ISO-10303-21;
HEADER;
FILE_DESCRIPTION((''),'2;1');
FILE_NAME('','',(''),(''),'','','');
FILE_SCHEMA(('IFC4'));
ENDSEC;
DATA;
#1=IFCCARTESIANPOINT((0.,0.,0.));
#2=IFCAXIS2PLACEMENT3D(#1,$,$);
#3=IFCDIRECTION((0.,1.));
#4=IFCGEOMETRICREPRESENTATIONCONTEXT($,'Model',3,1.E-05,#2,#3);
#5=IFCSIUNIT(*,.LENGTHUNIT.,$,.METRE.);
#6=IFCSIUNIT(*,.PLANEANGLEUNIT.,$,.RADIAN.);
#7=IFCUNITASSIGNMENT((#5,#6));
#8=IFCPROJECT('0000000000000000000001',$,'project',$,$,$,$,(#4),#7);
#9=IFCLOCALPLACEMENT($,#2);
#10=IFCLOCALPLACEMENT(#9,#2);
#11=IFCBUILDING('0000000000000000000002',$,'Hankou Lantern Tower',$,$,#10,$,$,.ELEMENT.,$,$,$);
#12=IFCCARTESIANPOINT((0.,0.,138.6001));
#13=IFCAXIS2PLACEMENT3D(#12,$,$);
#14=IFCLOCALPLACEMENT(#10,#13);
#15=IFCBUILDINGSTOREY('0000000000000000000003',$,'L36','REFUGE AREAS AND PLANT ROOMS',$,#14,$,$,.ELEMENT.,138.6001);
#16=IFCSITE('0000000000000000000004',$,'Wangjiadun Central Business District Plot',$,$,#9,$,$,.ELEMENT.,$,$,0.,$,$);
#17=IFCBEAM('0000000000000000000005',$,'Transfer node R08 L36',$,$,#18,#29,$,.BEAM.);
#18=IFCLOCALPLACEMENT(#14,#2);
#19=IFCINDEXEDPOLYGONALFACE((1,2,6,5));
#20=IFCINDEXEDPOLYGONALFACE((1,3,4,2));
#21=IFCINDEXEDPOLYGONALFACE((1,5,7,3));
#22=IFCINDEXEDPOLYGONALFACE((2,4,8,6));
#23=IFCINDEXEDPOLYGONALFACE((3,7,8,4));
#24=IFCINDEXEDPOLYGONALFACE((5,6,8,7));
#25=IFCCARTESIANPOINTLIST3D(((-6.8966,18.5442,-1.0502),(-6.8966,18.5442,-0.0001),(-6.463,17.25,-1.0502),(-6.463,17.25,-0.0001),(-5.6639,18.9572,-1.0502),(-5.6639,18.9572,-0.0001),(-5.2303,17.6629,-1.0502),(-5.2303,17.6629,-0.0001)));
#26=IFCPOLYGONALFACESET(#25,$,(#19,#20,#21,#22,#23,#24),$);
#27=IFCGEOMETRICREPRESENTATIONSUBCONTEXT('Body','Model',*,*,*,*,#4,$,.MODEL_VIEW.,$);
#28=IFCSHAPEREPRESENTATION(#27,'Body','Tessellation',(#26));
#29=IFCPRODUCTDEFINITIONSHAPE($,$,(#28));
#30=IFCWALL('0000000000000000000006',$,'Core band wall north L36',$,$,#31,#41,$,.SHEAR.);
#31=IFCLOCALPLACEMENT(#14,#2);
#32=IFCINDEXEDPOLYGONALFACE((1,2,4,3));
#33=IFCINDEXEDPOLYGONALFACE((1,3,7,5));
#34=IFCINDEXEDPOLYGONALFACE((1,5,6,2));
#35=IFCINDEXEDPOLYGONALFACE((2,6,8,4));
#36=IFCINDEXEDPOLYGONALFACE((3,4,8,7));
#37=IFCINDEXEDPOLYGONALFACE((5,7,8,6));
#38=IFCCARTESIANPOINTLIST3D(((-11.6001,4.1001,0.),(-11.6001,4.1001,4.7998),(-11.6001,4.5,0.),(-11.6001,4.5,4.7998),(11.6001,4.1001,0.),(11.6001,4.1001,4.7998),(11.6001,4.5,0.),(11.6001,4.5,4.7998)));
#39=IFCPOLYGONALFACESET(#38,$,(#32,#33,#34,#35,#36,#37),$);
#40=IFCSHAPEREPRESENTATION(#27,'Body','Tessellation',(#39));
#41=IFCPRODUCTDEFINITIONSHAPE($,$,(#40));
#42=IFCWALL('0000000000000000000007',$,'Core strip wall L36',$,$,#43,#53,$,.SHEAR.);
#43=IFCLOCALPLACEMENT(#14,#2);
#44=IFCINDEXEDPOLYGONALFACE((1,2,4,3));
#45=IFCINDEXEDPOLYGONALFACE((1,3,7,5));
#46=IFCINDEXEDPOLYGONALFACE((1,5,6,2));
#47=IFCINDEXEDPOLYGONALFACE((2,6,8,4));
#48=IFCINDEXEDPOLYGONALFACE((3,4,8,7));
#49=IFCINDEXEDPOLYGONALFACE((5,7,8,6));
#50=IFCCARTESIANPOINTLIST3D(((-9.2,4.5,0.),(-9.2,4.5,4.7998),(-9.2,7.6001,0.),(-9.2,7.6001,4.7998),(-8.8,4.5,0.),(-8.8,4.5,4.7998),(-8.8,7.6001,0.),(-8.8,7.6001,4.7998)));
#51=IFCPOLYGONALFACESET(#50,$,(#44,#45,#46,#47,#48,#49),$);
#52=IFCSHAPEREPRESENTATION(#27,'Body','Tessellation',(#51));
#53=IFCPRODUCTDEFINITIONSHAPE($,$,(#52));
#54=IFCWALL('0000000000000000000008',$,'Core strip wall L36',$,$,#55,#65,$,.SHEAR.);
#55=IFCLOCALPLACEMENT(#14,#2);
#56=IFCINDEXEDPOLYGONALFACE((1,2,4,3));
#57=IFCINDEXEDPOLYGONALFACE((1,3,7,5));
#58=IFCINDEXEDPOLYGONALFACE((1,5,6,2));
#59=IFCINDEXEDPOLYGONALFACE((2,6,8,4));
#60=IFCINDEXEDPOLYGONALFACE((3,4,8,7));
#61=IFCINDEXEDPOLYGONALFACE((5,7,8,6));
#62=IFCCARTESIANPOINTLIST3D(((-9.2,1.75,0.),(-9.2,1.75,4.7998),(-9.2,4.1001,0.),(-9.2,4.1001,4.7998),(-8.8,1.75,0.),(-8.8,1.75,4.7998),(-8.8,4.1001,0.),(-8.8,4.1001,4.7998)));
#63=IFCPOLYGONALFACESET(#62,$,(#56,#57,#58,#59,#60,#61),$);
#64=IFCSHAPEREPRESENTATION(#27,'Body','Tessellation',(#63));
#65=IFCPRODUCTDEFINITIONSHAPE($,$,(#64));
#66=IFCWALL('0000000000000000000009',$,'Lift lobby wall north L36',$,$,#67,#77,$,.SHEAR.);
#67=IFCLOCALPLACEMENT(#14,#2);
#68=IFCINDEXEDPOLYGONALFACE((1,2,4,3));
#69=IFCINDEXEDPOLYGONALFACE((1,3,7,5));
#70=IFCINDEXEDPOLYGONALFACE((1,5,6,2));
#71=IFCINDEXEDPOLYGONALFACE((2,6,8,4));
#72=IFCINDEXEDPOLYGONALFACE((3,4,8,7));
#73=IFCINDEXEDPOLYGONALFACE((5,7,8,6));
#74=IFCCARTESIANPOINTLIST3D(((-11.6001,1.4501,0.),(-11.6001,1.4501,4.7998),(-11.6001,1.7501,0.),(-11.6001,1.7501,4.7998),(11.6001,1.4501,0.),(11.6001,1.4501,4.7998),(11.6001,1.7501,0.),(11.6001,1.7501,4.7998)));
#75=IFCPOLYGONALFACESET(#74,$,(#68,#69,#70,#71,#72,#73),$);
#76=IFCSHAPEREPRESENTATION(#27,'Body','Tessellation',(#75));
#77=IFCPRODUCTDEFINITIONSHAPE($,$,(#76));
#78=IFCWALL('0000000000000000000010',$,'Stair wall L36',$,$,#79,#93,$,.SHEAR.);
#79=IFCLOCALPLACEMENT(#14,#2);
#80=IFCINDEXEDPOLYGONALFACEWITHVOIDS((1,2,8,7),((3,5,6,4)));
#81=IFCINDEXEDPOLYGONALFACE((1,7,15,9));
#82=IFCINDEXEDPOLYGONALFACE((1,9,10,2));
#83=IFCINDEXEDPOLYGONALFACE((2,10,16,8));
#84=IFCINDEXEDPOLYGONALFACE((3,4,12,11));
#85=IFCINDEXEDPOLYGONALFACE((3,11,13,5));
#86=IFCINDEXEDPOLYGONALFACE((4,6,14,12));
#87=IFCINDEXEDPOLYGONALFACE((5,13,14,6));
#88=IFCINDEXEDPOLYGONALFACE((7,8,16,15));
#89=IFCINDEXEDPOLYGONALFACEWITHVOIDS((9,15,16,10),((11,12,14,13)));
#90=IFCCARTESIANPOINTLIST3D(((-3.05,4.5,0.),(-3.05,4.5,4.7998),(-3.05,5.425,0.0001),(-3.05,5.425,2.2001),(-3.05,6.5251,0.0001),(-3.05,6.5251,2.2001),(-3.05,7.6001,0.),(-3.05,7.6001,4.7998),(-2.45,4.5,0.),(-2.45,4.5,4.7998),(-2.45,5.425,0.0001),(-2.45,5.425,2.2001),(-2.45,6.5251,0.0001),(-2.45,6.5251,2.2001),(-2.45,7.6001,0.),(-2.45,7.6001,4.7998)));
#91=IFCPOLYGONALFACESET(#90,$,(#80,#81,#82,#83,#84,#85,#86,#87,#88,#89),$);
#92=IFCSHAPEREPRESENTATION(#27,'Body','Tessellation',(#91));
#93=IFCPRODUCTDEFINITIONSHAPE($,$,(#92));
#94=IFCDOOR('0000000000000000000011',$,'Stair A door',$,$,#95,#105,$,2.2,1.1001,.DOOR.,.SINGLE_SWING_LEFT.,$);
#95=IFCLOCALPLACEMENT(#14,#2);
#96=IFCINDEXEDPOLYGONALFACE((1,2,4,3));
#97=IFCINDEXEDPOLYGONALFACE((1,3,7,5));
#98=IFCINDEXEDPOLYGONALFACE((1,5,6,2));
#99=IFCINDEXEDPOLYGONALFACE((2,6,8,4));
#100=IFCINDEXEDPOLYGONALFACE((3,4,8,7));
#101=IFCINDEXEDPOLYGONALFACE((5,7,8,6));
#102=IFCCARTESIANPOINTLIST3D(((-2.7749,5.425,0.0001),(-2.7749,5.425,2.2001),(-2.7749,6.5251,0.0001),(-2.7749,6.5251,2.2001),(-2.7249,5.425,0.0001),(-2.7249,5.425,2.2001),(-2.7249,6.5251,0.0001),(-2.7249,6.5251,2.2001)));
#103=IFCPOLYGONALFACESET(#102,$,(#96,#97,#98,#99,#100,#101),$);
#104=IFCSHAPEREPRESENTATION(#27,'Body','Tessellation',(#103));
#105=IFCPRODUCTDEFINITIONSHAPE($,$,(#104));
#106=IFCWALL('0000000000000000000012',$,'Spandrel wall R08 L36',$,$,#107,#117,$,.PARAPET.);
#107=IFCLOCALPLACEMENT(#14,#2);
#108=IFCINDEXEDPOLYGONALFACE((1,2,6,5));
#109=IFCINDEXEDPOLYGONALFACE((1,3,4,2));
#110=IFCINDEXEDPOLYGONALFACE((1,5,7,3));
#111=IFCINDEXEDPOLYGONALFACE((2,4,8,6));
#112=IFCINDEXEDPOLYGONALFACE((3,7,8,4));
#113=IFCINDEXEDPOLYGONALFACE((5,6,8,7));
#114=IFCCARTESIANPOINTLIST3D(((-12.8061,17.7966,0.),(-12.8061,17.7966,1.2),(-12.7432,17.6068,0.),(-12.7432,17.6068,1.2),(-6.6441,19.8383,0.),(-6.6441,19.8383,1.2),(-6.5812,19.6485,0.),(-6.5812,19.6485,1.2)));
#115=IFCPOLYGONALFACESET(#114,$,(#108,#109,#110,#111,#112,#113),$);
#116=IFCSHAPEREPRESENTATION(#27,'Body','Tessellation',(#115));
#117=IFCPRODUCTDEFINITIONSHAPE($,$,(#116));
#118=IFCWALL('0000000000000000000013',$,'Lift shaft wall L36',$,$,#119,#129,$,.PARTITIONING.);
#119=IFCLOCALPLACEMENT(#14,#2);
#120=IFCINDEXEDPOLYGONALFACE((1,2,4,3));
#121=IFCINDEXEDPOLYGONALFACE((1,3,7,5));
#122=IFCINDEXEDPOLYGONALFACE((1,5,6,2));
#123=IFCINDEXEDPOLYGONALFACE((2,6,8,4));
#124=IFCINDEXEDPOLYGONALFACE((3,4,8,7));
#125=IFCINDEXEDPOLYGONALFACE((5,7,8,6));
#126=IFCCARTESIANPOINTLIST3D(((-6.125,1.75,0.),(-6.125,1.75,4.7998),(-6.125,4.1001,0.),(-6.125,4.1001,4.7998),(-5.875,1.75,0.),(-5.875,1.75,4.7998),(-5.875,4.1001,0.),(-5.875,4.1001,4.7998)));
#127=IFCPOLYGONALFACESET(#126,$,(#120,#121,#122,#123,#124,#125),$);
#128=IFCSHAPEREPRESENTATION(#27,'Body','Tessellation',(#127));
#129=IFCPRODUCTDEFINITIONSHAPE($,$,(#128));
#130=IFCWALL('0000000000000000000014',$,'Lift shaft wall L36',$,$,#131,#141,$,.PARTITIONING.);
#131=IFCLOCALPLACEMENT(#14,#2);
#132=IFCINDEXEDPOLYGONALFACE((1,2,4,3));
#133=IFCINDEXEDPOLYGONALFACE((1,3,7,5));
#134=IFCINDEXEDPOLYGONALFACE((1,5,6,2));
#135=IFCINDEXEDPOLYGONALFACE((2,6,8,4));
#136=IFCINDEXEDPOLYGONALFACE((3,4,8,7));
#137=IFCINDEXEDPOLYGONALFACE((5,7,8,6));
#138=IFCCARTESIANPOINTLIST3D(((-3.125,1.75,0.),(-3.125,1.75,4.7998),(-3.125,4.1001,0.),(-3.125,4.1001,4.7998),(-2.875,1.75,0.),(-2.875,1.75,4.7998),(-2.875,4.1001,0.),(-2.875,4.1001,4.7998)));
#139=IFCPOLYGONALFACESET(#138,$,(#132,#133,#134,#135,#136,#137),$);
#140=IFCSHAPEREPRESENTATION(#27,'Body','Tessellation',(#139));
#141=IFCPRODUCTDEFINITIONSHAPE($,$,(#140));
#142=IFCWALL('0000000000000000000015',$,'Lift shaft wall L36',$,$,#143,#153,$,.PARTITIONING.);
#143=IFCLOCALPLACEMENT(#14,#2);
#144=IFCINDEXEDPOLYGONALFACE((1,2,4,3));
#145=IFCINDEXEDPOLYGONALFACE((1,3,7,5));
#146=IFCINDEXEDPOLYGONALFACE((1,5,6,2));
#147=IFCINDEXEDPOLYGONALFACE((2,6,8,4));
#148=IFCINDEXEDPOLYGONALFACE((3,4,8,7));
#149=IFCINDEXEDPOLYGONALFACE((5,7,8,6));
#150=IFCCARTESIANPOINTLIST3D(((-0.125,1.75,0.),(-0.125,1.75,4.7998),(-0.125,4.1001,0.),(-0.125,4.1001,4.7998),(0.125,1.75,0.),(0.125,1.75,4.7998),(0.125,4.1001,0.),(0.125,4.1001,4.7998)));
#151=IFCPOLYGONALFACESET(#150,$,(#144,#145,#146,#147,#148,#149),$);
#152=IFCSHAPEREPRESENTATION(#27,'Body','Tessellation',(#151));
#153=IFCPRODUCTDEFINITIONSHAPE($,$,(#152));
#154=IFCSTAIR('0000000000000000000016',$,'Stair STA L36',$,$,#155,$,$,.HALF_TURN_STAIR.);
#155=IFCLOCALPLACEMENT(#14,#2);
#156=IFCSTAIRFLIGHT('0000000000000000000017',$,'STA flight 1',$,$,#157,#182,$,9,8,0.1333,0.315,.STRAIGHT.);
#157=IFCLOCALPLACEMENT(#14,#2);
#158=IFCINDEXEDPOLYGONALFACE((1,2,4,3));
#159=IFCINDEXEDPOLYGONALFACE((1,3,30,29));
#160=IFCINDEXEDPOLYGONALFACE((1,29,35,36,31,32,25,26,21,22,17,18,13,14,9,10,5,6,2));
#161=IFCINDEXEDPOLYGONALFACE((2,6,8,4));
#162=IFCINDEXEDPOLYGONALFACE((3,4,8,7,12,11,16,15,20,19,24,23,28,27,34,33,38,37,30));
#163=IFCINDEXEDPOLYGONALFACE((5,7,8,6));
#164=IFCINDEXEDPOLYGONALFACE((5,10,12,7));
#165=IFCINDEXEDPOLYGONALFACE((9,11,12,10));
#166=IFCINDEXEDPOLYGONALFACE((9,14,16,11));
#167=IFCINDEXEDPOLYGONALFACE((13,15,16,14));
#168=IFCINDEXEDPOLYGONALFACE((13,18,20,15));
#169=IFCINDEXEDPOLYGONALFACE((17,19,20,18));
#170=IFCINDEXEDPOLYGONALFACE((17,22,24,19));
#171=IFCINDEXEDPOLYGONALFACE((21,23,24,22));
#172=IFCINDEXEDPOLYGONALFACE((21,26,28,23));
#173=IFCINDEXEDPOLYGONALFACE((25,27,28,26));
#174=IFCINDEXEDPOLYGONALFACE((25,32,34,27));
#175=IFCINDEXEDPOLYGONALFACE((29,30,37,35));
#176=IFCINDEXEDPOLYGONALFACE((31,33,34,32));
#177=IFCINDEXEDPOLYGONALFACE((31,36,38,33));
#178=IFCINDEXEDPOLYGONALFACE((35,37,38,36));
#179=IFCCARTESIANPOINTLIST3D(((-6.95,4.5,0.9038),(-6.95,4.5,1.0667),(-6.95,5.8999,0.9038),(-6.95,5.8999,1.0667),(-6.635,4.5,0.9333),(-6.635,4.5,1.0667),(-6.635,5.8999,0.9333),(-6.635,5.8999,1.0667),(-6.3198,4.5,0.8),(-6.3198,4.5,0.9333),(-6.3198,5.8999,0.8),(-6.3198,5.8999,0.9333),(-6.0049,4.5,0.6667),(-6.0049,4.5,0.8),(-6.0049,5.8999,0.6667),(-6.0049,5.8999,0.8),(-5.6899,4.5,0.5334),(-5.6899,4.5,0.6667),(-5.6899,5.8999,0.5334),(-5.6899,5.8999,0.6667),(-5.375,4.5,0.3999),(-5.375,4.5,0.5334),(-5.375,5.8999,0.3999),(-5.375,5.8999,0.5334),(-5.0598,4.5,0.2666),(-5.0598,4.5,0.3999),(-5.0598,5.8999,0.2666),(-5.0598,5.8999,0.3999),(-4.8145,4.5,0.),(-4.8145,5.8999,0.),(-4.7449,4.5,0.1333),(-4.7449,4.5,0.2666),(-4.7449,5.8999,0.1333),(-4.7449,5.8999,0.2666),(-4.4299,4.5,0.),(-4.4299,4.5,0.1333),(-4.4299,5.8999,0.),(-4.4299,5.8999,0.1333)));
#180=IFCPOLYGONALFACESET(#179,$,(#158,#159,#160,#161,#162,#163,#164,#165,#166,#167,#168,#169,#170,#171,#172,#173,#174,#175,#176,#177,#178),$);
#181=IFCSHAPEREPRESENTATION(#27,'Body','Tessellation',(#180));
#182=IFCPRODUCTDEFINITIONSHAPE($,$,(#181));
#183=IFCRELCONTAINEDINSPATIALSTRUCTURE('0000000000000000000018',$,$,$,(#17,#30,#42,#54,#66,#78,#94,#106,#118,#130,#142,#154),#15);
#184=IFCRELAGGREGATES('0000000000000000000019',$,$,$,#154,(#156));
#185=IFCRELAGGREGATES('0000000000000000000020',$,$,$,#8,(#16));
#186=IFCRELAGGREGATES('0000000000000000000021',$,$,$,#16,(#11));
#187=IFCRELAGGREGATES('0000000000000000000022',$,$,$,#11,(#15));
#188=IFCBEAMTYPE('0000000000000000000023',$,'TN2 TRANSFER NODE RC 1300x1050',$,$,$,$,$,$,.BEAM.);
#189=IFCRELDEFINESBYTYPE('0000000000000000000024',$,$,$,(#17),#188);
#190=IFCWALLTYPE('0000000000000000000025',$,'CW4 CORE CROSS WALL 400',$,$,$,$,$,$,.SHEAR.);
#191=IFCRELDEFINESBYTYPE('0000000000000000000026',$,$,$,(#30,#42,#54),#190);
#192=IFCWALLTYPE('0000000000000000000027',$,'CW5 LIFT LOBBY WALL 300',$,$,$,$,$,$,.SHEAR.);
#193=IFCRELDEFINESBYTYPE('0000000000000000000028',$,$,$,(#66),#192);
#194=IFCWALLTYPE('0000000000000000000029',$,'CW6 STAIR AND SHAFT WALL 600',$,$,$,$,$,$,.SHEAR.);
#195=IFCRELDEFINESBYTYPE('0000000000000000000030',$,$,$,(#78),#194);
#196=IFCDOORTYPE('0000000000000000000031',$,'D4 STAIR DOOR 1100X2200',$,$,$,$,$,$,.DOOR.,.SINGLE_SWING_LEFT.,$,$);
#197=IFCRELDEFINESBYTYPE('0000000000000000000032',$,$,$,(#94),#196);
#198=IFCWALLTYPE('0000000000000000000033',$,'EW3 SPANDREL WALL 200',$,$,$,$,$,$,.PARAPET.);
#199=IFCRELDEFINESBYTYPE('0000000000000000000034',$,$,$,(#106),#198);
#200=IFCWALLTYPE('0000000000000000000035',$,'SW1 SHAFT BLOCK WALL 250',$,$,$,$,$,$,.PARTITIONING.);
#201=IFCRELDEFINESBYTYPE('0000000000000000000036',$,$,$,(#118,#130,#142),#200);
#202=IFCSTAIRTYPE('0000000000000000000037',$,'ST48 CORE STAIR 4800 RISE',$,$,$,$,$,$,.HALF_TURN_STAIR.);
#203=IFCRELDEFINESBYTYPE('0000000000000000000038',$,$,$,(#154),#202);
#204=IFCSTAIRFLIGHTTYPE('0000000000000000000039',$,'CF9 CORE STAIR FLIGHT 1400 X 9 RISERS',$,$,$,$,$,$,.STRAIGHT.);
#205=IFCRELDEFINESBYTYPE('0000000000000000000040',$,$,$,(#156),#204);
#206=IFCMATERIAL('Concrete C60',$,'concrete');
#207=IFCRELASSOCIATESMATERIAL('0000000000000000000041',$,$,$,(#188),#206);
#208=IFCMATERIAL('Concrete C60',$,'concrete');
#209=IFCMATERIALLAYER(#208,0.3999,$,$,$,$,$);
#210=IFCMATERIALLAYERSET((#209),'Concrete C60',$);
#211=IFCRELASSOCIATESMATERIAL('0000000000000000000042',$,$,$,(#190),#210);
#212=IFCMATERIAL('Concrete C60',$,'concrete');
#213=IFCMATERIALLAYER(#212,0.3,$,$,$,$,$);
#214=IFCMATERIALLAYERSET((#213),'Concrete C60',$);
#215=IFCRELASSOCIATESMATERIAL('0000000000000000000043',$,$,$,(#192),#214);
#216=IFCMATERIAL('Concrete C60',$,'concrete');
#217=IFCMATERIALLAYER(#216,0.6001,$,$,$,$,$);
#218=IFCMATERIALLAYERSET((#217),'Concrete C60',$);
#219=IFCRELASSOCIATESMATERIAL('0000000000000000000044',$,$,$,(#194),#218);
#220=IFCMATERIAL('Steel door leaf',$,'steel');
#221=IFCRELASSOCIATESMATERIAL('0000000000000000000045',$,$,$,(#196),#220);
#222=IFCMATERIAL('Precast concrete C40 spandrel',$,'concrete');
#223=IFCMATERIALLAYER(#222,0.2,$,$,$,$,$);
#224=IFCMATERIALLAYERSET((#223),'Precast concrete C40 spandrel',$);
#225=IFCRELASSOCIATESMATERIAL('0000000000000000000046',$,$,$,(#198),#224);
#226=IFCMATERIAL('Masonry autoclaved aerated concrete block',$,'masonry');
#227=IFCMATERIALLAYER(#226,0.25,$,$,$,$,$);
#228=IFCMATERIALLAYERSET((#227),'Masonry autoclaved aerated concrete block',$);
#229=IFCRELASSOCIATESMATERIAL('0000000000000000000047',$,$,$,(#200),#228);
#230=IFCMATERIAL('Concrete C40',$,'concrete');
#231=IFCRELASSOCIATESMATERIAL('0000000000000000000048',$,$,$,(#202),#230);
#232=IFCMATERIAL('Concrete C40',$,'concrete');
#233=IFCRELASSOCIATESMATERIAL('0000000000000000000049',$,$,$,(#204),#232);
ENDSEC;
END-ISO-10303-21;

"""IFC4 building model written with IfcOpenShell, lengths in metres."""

from ifc_helpers import new_model, si_unit, direction, frame, frame_2d, origin, origin_2d, place, context, subcontext, project, spatial, polyline, rectangle, outline, extrude, material, layer, layer_set, material_profile, profile_set, type_object, element, fill, aggregate, save


model = new_model("IFC4")

# Units and contexts
model_context = context("Model", 3, precision=1e-05, world=origin(), true_north=direction((0.0, 1.0)))
body_context = subcontext(model_context, "Body", "Model", "MODEL_VIEW")
ifc_project = project(units=[si_unit("LENGTHUNIT", "METRE"), si_unit("PLANEANGLEUNIT", "RADIAN")], contexts=[model_context])

# Site, building, storey
site_placement = place(None, origin())
site = spatial("IfcSite", under=ifc_project, at=site_placement, Name="Wangjiadun Central Business District Plot", CompositionType="ELEMENT", RefElevation=0.0)
building_placement = place(site_placement, origin())
building = spatial("IfcBuilding", under=site, at=building_placement, Name="Hankou Lantern Tower", CompositionType="ELEMENT")
storey_placement = place(building_placement, frame((0.0, 0.0, 138.6001)))
storey = spatial("IfcBuildingStorey", under=building, at=storey_placement, Name="L36", Description="REFUGE AREAS AND PLANT ROOMS", CompositionType="ELEMENT", Elevation=138.6001)

# Beam
ifc_material_1 = material(Name="Concrete C60", Category="concrete")
ifc_material_profile_1 = material_profile(ifc_material_1, rectangle(XDim=1.3, YDim=1.05, at=origin_2d()), Name="RC 1300x1050")
ifc_profile_set_1 = profile_set([ifc_material_profile_1], Name="Concrete C60")
beam_type_1 = type_object("IfcBeamType", Name="TN2 TRANSFER NODE RC 1300x1050", PredefinedType="BEAM", material=ifc_profile_set_1)
beam_1_placement = place(storey_placement, frame((-6.2803, 18.7507, -0.5251), z_axis=(0.317676, -0.948199, 0.0), x_axis=(0.948199, 0.317676, 0.0)))
element("IfcBeam", 1, at=beam_1_placement, inside=storey, type_object=beam_type_1, Name="Transfer node R08 L36", PredefinedType="BEAM", context=body_context, shape_type="SweptSolid", body=[
    extrude(rectangle(XDim=1.3, YDim=1.05, at=origin_2d()), origin(), (0.0, 0.0, 1.0), 1.365),
])

# Walls
ifc_material_2 = material(Name="Concrete C60", Category="concrete")
ifc_layer_1 = layer(ifc_material_2, 0.3999)
ifc_layer_set_1 = layer_set([ifc_layer_1], Name="Concrete C60")
wall_type_1 = type_object("IfcWallType", Name="CW4 CORE CROSS WALL 400", PredefinedType="SHEAR", material=ifc_layer_set_1)
wall_1_placement = place(storey_placement, frame((-11.6001, 4.3, 0.0), z_axis=(0.0, 0.0, 1.0), x_axis=(1.0, 0.0, 0.0)))
element("IfcWall", 2, at=wall_1_placement, inside=storey, type_object=wall_type_1, Name="Core band wall north L36", PredefinedType="SHEAR", context=body_context, shape_type="SweptSolid", body=[
    extrude(rectangle(XDim=23.2002, YDim=0.3999, at=frame_2d((11.6001, 0.0))), origin(), (0.0, 0.0, 1.0), 4.7998),
])
wall_2_placement = place(storey_placement, frame((-9.0, 4.5, 0.0), z_axis=(0.0, 0.0, 1.0), x_axis=(0.0, 1.0, 0.0)))
element("IfcWall", 3, at=wall_2_placement, inside=storey, type_object=wall_type_1, Name="Core strip wall L36", PredefinedType="SHEAR", context=body_context, shape_type="SweptSolid", body=[
    extrude(rectangle(XDim=3.1001, YDim=0.3999, at=frame_2d((1.55, 0.0))), origin(), (0.0, 0.0, 1.0), 4.7998),
])
wall_3_placement = place(storey_placement, frame((-9.0, 1.75, 0.0), z_axis=(0.0, 0.0, 1.0), x_axis=(0.0, 1.0, 0.0)))
element("IfcWall", 4, at=wall_3_placement, inside=storey, type_object=wall_type_1, Name="Core strip wall L36", PredefinedType="SHEAR", context=body_context, shape_type="SweptSolid", body=[
    extrude(rectangle(XDim=2.3501, YDim=0.3999, at=frame_2d((1.175, 0.0))), origin(), (0.0, 0.0, 1.0), 4.7998),
])
ifc_material_3 = material(Name="Concrete C60", Category="concrete")
ifc_layer_2 = layer(ifc_material_3, 0.3)
ifc_layer_set_2 = layer_set([ifc_layer_2], Name="Concrete C60")
wall_type_2 = type_object("IfcWallType", Name="CW5 LIFT LOBBY WALL 300", PredefinedType="SHEAR", material=ifc_layer_set_2)
wall_4_placement = place(storey_placement, frame((-11.6001, 1.6001, 0.0), z_axis=(0.0, 0.0, 1.0), x_axis=(1.0, 0.0, 0.0)))
element("IfcWall", 5, at=wall_4_placement, inside=storey, type_object=wall_type_2, Name="Lift lobby wall north L36", PredefinedType="SHEAR", context=body_context, shape_type="SweptSolid", body=[
    extrude(rectangle(XDim=23.2002, YDim=0.3, at=frame_2d((11.6001, 0.0))), origin(), (0.0, 0.0, 1.0), 4.7998),
])

# Wall, opening, door
ifc_material_4 = material(Name="Concrete C60", Category="concrete")
ifc_layer_3 = layer(ifc_material_4, 0.6001)
ifc_layer_set_3 = layer_set([ifc_layer_3], Name="Concrete C60")
wall_type_3 = type_object("IfcWallType", Name="CW6 STAIR AND SHAFT WALL 600", PredefinedType="SHEAR", material=ifc_layer_set_3)
wall_5_placement = place(storey_placement, frame((-2.75, 4.5, 0.0), z_axis=(0.0, 0.0, 1.0), x_axis=(0.0, 1.0, 0.0)))
wall_5 = element("IfcWall", 6, at=wall_5_placement, inside=storey, type_object=wall_type_3, Name="Stair wall L36", PredefinedType="SHEAR", context=body_context, shape_type="SweptSolid", body=[
    extrude(rectangle(XDim=3.1001, YDim=0.6001, at=frame_2d((1.55, 0.0))), origin(), (0.0, 0.0, 1.0), 4.7998),
])
opening_placement = place(wall_5_placement, frame((0.925, 0.0, 0.0)))
opening = element("IfcOpeningElement", 7, at=opening_placement, cuts=wall_5, PredefinedType="OPENING", context=body_context, shape_type="SweptSolid", body=[
    extrude(rectangle(XDim=1.1001, YDim=2.2, at=frame_2d((0.55, 1.1001))), frame((0.0, 0.3101, 0.0), z_axis=(0.0, -1.0, 0.0), x_axis=(1.0, 0.0, 0.0)), (0.0, 0.0, 1.0), 0.6201),
])
ifc_material_5 = material(Name="Steel door leaf", Category="steel")
door_type = type_object("IfcDoorType", Name="D4 STAIR DOOR 1100X2200", OperationType="SINGLE_SWING_LEFT", PredefinedType="DOOR", material=ifc_material_5)
door_placement = place(opening_placement, origin())
door = element("IfcDoor", 8, at=door_placement, inside=storey, type_object=door_type, Name="Stair A door", OperationType="SINGLE_SWING_LEFT", OverallHeight=2.2, OverallWidth=1.1001, PredefinedType="DOOR", context=body_context, shape_type="SweptSolid", body=[
    extrude(rectangle(XDim=1.1001, YDim=2.2, at=frame_2d((0.55, 1.1001))), frame((0.0, 0.0249, 0.0), z_axis=(0.0, -1.0, 0.0), x_axis=(1.0, 0.0, 0.0)), (0.0, 0.0, 1.0), 0.05),
])
fill(opening, door)

# Walls
ifc_material_6 = material(Name="Precast concrete C40 spandrel", Category="concrete")
ifc_layer_4 = layer(ifc_material_6, 0.2)
ifc_layer_set_4 = layer_set([ifc_layer_4], Name="Precast concrete C40 spandrel")
wall_type_4 = type_object("IfcWallType", Name="EW3 SPANDREL WALL 200", PredefinedType="PARAPET", material=ifc_layer_set_4)
wall_6_placement = place(storey_placement, frame((-6.6128, 19.7434, 0.0), z_axis=(0.0, 0.0, 1.0), x_axis=(-0.94925, -0.314524, 0.0)))
element("IfcWall", 9, at=wall_6_placement, inside=storey, type_object=wall_type_4, Name="Spandrel wall R08 L36", PredefinedType="PARAPET", context=body_context, shape_type="SweptSolid", body=[
    extrude(rectangle(XDim=6.4915, YDim=0.2, at=frame_2d((3.2456, 0.0))), origin(), (0.0, 0.0, 1.0), 1.2),
])
ifc_material_7 = material(Name="Masonry autoclaved aerated concrete block", Category="masonry")
ifc_layer_5 = layer(ifc_material_7, 0.25)
ifc_layer_set_5 = layer_set([ifc_layer_5], Name="Masonry autoclaved aerated concrete block")
wall_type_5 = type_object("IfcWallType", Name="SW1 SHAFT BLOCK WALL 250", PredefinedType="PARTITIONING", material=ifc_layer_set_5)
for number, where, z_axis, x_axis, name in (
    (10, (-6.0, 1.75, 0.0), (0.0, 0.0, 1.0), (0.0, 1.0, 0.0), "Lift shaft wall L36"),
    (11, (-3.0, 1.75, 0.0), (0.0, 0.0, 1.0), (0.0, 1.0, 0.0), "Lift shaft wall L36"),
    (12, (0.0, 1.75, 0.0), (0.0, 0.0, 1.0), (0.0, 1.0, 0.0), "Lift shaft wall L36"),
):
    element("IfcWall", number, at=place(storey_placement, frame(where, z_axis=z_axis, x_axis=x_axis)), inside=storey, type_object=wall_type_5, Name=name, PredefinedType="PARTITIONING", context=body_context, shape_type="SweptSolid", body=[
        extrude(rectangle(XDim=2.3501, YDim=0.25, at=frame_2d((1.175, 0.0))), origin(), (0.0, 0.0, 1.0), 4.7998),
    ])

# Stair, stair flight
ifc_material_8 = material(Name="Concrete C40", Category="concrete")
stair_type = type_object("IfcStairType", Name="ST48 CORE STAIR 4800 RISE", PredefinedType="HALF_TURN_STAIR", material=ifc_material_8)
stair_placement = place(storey_placement, origin())
stair = element("IfcStair", 13, at=stair_placement, inside=storey, type_object=stair_type, Name="Stair STA L36", PredefinedType="HALF_TURN_STAIR")
ifc_material_9 = material(Name="Concrete C40", Category="concrete")
stair_flight_type = type_object("IfcStairFlightType", Name="CF9 CORE STAIR FLIGHT 1400 X 9 RISERS", PredefinedType="STRAIGHT", material=ifc_material_9)
stair_flight_1_placement = place(storey_placement, frame((-4.4299, 5.2, 0.0), z_axis=(0.0, 0.0, 1.0), x_axis=(-1.0, 0.0, 0.0)))
stair_flight_1 = element("IfcStairFlight", 14, at=stair_flight_1_placement, type_object=stair_flight_type, Name="STA flight 1", NumberOfRisers=9, NumberOfTreads=8, PredefinedType="STRAIGHT", RiserHeight=0.1333, TreadLength=0.315, context=body_context, shape_type="SweptSolid", body=[
    extrude(outline(polyline([(0.0, 0.0), (0.0, 0.1333), (0.3149, 0.1333), (0.3149, 0.2666), (0.6299, 0.2666), (0.6299, 0.3999), (0.9451, 0.3999), (0.9451, 0.5334), (1.26, 0.5334), (1.26, 0.6667), (1.575, 0.6667), (1.575, 0.8), (1.8899, 0.8), (1.8899, 0.9333), (2.2051, 0.9333), (2.2051, 1.0667), (2.52, 1.0667), (2.52, 1.2), (2.52, 0.9038), (0.3845, 0.0), (0.0, 0.0)])), frame((0.0, 0.7, 0.0), z_axis=(0.0, -1.0, 0.0), x_axis=(1.0, 0.0, 0.0)), (0.0, 0.0, 1.0), 1.3999),
])
aggregate(stair, [stair_flight_1])

save(model, "model.ifc")
